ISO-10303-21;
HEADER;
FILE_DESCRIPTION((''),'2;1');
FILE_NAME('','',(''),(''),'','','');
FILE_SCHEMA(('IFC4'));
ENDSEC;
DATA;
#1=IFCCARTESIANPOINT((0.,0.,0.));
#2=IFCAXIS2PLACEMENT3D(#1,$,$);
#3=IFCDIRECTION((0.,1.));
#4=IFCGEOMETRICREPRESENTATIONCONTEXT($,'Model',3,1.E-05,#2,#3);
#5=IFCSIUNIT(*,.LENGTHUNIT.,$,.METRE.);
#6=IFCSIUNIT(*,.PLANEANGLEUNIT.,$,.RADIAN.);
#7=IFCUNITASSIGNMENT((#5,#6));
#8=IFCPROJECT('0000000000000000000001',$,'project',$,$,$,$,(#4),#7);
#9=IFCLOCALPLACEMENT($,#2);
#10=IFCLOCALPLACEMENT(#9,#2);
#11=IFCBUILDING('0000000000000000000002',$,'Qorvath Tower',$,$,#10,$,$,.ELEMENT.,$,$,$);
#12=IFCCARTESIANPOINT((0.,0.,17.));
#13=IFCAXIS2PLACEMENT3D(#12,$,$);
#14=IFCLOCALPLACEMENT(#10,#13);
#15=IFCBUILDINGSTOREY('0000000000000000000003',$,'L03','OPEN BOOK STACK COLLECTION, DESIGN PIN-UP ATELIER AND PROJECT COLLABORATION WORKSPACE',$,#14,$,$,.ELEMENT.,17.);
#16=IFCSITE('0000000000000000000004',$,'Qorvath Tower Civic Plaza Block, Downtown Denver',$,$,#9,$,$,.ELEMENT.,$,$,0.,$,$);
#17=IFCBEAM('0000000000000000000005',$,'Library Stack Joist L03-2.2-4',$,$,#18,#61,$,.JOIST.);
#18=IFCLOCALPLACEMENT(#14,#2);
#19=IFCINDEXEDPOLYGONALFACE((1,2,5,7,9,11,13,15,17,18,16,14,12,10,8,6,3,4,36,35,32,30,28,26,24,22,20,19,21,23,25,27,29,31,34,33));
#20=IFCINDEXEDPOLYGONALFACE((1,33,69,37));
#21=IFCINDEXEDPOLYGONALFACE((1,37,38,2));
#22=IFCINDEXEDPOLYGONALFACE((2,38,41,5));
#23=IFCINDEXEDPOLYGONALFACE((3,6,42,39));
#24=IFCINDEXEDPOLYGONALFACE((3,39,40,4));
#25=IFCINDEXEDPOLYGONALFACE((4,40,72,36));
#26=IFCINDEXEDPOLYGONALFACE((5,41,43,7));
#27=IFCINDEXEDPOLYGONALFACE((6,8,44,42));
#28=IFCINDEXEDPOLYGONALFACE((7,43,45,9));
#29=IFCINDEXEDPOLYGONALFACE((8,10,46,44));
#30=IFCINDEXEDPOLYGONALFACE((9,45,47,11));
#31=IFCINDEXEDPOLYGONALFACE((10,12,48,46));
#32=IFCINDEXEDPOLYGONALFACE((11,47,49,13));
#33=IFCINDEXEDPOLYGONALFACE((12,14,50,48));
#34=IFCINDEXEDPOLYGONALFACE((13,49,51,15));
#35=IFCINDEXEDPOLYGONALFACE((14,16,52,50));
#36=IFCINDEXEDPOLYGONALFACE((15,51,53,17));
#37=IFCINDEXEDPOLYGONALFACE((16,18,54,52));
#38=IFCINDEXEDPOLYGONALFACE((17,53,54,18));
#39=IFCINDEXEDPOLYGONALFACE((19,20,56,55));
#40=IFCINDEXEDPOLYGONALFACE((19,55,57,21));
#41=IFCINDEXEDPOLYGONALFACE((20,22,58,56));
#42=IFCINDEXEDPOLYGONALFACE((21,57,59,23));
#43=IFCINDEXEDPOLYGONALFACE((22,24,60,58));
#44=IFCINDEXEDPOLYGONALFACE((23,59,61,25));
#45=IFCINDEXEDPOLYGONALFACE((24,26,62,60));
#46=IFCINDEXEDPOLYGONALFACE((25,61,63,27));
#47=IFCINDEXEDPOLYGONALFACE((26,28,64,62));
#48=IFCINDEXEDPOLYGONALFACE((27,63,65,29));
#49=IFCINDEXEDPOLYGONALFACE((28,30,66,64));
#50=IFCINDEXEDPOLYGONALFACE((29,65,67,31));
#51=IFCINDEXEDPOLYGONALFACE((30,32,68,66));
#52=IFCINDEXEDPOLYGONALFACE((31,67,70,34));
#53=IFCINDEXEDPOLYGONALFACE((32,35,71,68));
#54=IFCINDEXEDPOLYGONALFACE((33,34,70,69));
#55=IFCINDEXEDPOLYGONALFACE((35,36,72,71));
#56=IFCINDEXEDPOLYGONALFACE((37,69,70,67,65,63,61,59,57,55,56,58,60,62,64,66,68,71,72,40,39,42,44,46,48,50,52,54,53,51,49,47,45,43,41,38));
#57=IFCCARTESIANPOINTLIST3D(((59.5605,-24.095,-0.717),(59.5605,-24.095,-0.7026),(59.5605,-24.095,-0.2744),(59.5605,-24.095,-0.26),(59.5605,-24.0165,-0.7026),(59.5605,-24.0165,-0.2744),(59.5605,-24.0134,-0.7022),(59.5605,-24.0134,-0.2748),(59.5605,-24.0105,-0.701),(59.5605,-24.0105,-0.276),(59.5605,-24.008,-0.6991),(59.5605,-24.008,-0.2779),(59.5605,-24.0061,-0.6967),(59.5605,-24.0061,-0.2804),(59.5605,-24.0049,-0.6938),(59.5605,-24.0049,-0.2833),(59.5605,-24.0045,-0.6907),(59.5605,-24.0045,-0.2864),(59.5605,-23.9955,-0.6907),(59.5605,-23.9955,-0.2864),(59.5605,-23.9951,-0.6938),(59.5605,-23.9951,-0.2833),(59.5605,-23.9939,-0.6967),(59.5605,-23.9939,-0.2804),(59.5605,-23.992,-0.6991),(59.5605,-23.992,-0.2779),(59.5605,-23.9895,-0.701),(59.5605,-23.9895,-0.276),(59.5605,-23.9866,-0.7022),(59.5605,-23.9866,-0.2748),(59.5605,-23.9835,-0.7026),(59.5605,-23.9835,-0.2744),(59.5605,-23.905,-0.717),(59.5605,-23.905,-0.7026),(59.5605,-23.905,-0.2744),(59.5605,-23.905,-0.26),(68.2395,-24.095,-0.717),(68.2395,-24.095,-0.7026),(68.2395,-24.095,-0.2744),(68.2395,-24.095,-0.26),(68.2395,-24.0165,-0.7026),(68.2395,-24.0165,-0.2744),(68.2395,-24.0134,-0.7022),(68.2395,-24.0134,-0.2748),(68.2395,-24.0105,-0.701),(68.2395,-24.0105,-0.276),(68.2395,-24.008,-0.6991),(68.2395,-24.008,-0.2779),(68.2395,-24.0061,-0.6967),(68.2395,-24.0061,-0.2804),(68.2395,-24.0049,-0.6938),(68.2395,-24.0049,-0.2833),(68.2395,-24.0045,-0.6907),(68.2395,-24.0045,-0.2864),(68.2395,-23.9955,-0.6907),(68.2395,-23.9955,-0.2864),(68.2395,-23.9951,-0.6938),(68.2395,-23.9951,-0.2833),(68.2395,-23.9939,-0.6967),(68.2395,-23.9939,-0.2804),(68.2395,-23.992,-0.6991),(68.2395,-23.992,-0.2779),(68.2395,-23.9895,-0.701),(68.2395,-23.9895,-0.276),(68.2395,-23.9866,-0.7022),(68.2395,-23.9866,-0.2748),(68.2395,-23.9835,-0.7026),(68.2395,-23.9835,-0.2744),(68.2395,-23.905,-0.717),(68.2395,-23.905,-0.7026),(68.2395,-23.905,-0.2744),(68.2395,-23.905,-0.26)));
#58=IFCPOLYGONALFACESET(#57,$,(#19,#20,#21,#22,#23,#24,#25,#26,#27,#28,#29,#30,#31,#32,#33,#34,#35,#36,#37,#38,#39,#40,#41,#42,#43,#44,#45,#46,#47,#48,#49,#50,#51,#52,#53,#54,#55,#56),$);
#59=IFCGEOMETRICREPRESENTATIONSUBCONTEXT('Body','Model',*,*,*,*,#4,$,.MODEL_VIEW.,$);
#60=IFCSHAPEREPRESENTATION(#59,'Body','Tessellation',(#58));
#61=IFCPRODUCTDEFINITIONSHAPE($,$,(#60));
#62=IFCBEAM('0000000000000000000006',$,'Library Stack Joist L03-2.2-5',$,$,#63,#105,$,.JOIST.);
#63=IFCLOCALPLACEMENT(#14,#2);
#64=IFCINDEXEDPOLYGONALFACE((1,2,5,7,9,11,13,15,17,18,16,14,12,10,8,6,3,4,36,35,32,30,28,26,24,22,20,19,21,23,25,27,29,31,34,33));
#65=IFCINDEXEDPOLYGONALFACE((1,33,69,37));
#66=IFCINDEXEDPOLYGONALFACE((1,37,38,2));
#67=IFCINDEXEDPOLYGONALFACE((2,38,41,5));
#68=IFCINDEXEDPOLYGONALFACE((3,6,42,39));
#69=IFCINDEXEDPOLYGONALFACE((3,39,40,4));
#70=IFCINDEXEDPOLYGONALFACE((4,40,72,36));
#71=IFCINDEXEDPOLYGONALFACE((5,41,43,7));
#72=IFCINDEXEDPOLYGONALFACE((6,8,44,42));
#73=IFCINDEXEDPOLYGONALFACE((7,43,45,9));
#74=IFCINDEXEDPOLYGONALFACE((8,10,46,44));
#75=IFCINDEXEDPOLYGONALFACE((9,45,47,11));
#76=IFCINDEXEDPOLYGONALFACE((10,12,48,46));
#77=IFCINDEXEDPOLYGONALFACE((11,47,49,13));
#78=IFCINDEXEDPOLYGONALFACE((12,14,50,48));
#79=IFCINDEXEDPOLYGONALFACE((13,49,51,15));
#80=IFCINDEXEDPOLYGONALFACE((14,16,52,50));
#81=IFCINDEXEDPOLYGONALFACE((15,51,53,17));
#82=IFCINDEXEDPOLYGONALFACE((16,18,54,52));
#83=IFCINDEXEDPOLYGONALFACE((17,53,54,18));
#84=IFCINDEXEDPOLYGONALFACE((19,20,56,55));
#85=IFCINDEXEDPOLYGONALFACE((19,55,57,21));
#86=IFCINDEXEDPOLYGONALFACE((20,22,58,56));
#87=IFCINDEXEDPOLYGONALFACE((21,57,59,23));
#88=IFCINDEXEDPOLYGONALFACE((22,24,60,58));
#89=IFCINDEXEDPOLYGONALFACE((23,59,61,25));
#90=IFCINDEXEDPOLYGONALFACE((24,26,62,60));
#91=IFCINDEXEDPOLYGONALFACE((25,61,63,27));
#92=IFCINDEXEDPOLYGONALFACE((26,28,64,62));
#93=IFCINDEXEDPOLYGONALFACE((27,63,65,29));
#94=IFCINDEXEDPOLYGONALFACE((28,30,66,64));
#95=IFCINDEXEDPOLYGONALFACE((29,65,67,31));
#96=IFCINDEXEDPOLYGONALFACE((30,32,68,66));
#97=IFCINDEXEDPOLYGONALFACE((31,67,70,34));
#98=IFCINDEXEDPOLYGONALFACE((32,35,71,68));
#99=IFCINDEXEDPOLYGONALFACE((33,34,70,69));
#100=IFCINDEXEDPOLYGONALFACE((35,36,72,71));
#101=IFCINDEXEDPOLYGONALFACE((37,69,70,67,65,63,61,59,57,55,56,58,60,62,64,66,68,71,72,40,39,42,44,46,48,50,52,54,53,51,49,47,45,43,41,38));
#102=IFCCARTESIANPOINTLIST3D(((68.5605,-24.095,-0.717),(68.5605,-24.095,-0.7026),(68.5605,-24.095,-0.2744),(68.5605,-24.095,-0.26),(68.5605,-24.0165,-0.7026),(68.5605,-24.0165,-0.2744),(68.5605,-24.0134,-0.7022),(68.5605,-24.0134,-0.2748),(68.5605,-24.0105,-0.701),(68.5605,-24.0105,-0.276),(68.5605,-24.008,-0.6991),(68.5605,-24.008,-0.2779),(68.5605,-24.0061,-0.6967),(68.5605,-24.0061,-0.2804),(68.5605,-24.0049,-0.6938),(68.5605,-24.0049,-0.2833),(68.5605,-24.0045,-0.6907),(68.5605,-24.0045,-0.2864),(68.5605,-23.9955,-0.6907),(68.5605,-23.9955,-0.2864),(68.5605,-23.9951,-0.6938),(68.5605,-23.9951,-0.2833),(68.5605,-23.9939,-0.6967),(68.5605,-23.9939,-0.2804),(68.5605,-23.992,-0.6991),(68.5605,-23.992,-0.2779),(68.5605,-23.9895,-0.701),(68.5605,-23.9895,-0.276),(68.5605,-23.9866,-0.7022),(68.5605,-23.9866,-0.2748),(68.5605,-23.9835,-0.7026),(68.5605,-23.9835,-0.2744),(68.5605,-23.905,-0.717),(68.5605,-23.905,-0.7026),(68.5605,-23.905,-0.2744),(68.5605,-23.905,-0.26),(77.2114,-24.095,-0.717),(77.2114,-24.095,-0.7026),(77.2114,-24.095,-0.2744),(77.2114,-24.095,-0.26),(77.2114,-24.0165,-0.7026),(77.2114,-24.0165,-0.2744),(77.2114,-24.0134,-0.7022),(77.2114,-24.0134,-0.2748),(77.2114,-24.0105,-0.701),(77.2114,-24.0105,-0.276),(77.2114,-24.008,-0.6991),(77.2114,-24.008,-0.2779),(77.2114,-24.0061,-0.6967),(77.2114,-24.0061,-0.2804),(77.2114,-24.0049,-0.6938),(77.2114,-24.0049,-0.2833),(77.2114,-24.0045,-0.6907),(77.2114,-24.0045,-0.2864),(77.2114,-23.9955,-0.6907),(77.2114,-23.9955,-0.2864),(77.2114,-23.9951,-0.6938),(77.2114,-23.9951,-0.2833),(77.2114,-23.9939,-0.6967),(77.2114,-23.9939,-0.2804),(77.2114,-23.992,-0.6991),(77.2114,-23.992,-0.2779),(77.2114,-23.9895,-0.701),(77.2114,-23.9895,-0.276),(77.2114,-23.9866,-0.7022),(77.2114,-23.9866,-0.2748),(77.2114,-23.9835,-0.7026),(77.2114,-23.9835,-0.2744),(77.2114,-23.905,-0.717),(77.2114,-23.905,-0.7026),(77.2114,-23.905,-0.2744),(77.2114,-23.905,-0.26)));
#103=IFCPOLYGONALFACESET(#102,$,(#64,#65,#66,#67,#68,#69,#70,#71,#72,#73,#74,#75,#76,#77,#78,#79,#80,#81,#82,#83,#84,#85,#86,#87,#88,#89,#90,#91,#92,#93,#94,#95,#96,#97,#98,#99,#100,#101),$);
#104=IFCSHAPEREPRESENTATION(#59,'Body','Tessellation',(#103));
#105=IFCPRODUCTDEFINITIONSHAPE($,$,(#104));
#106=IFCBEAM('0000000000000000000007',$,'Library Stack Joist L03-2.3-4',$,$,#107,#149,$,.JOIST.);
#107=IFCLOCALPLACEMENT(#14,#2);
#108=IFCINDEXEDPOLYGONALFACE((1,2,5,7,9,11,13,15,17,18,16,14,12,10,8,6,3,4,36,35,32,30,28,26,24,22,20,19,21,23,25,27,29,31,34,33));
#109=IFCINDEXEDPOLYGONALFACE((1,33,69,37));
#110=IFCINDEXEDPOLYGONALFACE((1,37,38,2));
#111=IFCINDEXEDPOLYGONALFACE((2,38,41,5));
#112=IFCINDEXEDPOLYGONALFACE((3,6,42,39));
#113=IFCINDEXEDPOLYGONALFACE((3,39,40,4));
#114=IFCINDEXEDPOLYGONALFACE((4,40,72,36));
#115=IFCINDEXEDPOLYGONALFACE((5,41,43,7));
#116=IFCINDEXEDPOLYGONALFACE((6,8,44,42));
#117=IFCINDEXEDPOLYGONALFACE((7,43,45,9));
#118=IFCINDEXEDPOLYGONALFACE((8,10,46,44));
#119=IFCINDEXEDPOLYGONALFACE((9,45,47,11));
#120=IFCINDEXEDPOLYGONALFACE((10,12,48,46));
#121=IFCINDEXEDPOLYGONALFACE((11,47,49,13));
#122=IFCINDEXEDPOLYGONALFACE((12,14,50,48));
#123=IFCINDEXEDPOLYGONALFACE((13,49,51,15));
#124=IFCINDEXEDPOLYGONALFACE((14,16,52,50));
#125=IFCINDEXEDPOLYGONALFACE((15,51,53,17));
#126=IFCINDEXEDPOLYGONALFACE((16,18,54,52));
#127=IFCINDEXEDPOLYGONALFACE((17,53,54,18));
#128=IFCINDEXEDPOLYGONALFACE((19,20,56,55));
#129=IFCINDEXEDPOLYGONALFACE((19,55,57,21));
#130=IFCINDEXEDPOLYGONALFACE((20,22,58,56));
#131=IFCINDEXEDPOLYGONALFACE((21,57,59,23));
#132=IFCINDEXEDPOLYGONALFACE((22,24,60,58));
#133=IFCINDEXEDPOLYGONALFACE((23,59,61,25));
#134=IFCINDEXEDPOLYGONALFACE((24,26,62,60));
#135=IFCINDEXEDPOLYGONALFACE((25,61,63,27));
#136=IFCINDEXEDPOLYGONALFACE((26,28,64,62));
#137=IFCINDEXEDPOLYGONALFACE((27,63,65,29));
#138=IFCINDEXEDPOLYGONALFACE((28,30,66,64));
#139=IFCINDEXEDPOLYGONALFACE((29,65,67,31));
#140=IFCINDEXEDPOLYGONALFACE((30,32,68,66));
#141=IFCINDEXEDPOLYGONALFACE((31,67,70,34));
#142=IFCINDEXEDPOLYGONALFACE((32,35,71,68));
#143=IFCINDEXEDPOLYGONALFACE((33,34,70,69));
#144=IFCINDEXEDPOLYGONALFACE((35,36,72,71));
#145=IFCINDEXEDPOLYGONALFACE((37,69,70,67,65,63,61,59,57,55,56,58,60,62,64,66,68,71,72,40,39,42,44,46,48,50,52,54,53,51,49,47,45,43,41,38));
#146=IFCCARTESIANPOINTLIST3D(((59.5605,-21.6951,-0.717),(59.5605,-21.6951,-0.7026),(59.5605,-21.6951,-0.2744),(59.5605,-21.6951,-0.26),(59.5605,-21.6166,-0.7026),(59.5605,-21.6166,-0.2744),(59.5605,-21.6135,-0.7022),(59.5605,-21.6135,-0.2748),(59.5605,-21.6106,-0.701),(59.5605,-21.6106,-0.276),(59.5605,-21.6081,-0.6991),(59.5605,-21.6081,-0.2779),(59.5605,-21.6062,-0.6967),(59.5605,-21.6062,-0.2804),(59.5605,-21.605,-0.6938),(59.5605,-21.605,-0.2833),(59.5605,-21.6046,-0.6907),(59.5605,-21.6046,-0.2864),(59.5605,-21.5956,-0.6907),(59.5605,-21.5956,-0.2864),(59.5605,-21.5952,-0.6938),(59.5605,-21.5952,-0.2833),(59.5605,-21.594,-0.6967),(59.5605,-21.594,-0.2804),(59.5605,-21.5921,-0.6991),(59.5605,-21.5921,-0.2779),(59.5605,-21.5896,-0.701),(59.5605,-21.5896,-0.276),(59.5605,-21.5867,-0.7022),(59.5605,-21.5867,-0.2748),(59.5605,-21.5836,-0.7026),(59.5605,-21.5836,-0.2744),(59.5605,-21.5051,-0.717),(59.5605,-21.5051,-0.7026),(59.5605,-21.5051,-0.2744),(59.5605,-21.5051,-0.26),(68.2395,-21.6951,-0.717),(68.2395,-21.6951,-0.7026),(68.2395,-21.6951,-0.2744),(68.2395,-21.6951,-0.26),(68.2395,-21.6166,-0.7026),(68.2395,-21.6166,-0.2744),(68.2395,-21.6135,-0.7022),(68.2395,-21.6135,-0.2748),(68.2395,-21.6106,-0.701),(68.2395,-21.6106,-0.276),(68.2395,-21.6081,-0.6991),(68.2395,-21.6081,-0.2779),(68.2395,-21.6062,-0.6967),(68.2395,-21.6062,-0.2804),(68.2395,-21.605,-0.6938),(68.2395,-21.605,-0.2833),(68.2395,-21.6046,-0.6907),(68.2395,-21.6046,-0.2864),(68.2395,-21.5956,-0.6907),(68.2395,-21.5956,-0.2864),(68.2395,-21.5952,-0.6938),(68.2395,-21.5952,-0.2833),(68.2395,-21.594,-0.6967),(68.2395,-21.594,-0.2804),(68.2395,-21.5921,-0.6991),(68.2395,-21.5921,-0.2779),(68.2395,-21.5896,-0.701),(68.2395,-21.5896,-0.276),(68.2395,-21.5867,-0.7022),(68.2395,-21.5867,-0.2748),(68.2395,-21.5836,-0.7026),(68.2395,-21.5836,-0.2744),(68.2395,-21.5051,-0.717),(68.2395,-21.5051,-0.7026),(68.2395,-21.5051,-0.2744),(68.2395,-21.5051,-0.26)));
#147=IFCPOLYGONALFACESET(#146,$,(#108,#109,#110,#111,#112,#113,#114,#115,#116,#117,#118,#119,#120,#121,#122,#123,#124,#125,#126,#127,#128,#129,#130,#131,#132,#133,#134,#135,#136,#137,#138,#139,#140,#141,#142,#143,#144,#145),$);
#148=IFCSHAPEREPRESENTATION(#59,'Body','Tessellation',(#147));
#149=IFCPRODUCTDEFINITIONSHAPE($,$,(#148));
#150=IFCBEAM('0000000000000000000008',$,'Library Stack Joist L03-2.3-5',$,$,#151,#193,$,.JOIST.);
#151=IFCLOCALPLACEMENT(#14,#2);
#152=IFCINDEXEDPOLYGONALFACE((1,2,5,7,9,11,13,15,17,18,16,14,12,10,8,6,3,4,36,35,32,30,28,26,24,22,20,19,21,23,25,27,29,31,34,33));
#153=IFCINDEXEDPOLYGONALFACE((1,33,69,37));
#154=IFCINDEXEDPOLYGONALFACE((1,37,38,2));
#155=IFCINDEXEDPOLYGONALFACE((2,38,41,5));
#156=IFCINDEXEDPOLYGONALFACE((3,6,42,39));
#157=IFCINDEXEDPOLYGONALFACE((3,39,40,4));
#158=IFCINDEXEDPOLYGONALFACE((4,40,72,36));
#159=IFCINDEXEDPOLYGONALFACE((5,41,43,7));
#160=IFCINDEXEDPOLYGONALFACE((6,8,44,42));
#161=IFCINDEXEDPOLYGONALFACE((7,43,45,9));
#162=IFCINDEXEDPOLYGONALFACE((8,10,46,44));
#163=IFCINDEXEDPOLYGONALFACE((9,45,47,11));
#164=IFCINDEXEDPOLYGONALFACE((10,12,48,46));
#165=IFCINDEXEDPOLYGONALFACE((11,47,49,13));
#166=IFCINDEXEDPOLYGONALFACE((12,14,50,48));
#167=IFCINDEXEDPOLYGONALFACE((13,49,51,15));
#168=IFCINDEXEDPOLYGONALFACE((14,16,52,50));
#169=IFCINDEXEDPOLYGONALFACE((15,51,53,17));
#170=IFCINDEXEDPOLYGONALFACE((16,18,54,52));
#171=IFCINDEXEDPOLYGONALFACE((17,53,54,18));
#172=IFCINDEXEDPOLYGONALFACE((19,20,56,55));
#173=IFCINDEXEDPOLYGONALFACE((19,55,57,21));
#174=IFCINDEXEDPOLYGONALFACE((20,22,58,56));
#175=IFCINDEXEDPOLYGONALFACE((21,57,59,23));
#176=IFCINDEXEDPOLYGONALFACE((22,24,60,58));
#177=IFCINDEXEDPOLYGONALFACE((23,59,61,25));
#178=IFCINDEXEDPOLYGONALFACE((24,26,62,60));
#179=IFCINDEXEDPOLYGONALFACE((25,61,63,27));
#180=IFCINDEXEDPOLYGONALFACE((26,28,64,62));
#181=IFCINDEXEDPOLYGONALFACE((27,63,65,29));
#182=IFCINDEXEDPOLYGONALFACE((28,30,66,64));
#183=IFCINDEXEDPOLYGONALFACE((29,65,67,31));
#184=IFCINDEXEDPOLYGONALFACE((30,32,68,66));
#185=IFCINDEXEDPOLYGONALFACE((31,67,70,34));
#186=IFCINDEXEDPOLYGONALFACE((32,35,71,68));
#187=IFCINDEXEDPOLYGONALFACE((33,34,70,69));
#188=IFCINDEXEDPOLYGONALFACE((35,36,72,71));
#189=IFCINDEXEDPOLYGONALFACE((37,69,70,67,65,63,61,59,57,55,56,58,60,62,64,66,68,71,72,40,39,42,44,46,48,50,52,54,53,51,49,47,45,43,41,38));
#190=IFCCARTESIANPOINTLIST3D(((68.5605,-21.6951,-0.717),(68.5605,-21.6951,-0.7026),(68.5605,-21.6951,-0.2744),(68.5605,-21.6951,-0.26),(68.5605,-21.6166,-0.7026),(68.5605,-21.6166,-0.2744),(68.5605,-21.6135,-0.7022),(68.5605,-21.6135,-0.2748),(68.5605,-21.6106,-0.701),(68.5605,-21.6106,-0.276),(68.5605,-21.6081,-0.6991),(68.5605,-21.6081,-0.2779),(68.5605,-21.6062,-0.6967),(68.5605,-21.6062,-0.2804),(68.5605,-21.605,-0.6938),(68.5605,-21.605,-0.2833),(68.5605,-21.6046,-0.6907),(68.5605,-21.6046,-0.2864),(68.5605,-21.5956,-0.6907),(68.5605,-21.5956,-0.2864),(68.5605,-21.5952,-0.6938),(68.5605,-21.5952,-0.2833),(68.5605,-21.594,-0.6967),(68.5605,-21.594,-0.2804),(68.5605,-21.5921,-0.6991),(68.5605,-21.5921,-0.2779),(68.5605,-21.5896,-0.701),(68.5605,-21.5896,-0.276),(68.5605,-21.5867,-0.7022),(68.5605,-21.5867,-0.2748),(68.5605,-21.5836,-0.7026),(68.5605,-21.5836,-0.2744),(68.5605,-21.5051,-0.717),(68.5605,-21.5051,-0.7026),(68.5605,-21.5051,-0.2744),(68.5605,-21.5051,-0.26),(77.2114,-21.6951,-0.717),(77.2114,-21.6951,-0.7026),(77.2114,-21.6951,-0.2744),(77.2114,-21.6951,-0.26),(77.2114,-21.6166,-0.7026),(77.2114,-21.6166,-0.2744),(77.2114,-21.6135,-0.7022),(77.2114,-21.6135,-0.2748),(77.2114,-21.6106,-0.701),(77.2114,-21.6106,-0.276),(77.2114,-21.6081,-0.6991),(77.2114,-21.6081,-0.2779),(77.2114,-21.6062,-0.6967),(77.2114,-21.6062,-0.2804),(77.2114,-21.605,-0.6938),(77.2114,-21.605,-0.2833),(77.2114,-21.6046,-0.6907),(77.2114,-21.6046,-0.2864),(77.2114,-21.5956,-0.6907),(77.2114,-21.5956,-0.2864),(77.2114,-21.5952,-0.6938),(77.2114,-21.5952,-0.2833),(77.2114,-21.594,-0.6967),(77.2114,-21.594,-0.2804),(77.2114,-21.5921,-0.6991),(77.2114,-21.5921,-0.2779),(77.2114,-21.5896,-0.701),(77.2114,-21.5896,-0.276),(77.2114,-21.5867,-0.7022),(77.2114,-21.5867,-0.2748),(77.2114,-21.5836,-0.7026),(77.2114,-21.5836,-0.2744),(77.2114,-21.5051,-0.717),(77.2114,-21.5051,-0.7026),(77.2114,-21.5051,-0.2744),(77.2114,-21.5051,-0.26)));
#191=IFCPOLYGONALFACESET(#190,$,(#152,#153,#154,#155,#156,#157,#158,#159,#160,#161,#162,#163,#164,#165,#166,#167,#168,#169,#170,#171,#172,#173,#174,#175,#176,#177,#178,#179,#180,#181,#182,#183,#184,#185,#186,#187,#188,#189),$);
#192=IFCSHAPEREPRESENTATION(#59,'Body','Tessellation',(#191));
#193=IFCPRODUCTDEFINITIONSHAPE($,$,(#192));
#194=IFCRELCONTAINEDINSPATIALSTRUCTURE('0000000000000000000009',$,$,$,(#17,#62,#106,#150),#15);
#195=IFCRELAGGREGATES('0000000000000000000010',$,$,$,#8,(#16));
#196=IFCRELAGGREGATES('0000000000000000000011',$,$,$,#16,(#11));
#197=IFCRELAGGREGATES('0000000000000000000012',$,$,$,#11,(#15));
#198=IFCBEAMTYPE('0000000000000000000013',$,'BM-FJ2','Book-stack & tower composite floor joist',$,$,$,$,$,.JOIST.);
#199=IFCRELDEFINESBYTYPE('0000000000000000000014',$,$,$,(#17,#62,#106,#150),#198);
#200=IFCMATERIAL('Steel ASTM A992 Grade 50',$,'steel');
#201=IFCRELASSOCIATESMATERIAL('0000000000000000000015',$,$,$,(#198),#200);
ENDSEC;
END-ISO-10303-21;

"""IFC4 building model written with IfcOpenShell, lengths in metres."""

from ifc_helpers import new_model, si_unit, direction, frame, origin, origin_2d, place, context, subcontext, project, spatial, i_section, extrude, material, material_profile, profile_set, type_object, element, save


model = new_model("IFC4")

# Units and contexts
model_context = context("Model", 3, precision=1e-05, world=origin(), true_north=direction((0.0, 1.0)))
body_context = subcontext(model_context, "Body", "Model", "MODEL_VIEW")
ifc_project = project(units=[si_unit("LENGTHUNIT", "METRE"), si_unit("PLANEANGLEUNIT", "RADIAN")], contexts=[model_context])

# Site, building, storey
site_placement = place(None, origin())
site = spatial("IfcSite", under=ifc_project, at=site_placement, Name="Qorvath Tower Civic Plaza Block, Downtown Denver", CompositionType="ELEMENT", RefElevation=0.0)
building_placement = place(site_placement, origin())
building = spatial("IfcBuilding", under=site, at=building_placement, Name="Qorvath Tower", CompositionType="ELEMENT")
storey_placement = place(building_placement, frame((0.0, 0.0, 17.0)))
storey = spatial("IfcBuildingStorey", under=building, at=storey_placement, Name="L03", Description="OPEN BOOK STACK COLLECTION, DESIGN PIN-UP ATELIER AND PROJECT COLLABORATION WORKSPACE", CompositionType="ELEMENT", Elevation=17.0)

# Beams
ifc_material_1 = material(Name="Steel ASTM A992 Grade 50", Category="steel")
ifc_material_profile_1 = material_profile(ifc_material_1, i_section(OverallWidth=0.1899, OverallDepth=0.457, WebThickness=0.009, FlangeThickness=0.0144, FilletRadius=0.012, at=origin_2d()), Name="W18x50")
ifc_profile_set_1 = profile_set([ifc_material_profile_1], Name="Steel ASTM A992 Grade 50")
beam_type_1 = type_object("IfcBeamType", Name="BM-FJ2", Description="Book-stack & tower composite floor joist", PredefinedType="JOIST", material=ifc_profile_set_1)
beam_1_placement = place(storey_placement, frame((59.5605, -24.0, -0.4885), z_axis=(1.0, 0.0, 0.0), x_axis=(0.0, 1.0, 0.0)))
element("IfcBeam", 1, at=beam_1_placement, inside=storey, type_object=beam_type_1, Name="Library Stack Joist L03-2.2-4", PredefinedType="JOIST", context=body_context, shape_type="SweptSolid", body=[
    extrude(i_section(OverallWidth=0.1899, OverallDepth=0.457, WebThickness=0.009, FlangeThickness=0.0144, FilletRadius=0.012, at=origin_2d()), origin(), (0.0, 0.0, 1.0), 8.679),
])
beam_2_placement = place(storey_placement, frame((68.5605, -24.0, -0.4885), z_axis=(1.0, 0.0, 0.0), x_axis=(0.0, 1.0, 0.0)))
element("IfcBeam", 2, at=beam_2_placement, inside=storey, type_object=beam_type_1, Name="Library Stack Joist L03-2.2-5", PredefinedType="JOIST", context=body_context, shape_type="SweptSolid", body=[
    extrude(i_section(OverallWidth=0.1899, OverallDepth=0.457, WebThickness=0.009, FlangeThickness=0.0144, FilletRadius=0.012, at=origin_2d()), origin(), (0.0, 0.0, 1.0), 8.6509),
])
beam_3_placement = place(storey_placement, frame((59.5605, -21.6001, -0.4885), z_axis=(1.0, 0.0, 0.0), x_axis=(0.0, 1.0, 0.0)))
element("IfcBeam", 3, at=beam_3_placement, inside=storey, type_object=beam_type_1, Name="Library Stack Joist L03-2.3-4", PredefinedType="JOIST", context=body_context, shape_type="SweptSolid", body=[
    extrude(i_section(OverallWidth=0.1899, OverallDepth=0.457, WebThickness=0.009, FlangeThickness=0.0144, FilletRadius=0.012, at=origin_2d()), origin(), (0.0, 0.0, 1.0), 8.679),
])
beam_4_placement = place(storey_placement, frame((68.5605, -21.6001, -0.4885), z_axis=(1.0, 0.0, 0.0), x_axis=(0.0, 1.0, 0.0)))
element("IfcBeam", 4, at=beam_4_placement, inside=storey, type_object=beam_type_1, Name="Library Stack Joist L03-2.3-5", PredefinedType="JOIST", context=body_context, shape_type="SweptSolid", body=[
    extrude(i_section(OverallWidth=0.1899, OverallDepth=0.457, WebThickness=0.009, FlangeThickness=0.0144, FilletRadius=0.012, at=origin_2d()), origin(), (0.0, 0.0, 1.0), 8.6509),
])

save(model, "model.ifc")
